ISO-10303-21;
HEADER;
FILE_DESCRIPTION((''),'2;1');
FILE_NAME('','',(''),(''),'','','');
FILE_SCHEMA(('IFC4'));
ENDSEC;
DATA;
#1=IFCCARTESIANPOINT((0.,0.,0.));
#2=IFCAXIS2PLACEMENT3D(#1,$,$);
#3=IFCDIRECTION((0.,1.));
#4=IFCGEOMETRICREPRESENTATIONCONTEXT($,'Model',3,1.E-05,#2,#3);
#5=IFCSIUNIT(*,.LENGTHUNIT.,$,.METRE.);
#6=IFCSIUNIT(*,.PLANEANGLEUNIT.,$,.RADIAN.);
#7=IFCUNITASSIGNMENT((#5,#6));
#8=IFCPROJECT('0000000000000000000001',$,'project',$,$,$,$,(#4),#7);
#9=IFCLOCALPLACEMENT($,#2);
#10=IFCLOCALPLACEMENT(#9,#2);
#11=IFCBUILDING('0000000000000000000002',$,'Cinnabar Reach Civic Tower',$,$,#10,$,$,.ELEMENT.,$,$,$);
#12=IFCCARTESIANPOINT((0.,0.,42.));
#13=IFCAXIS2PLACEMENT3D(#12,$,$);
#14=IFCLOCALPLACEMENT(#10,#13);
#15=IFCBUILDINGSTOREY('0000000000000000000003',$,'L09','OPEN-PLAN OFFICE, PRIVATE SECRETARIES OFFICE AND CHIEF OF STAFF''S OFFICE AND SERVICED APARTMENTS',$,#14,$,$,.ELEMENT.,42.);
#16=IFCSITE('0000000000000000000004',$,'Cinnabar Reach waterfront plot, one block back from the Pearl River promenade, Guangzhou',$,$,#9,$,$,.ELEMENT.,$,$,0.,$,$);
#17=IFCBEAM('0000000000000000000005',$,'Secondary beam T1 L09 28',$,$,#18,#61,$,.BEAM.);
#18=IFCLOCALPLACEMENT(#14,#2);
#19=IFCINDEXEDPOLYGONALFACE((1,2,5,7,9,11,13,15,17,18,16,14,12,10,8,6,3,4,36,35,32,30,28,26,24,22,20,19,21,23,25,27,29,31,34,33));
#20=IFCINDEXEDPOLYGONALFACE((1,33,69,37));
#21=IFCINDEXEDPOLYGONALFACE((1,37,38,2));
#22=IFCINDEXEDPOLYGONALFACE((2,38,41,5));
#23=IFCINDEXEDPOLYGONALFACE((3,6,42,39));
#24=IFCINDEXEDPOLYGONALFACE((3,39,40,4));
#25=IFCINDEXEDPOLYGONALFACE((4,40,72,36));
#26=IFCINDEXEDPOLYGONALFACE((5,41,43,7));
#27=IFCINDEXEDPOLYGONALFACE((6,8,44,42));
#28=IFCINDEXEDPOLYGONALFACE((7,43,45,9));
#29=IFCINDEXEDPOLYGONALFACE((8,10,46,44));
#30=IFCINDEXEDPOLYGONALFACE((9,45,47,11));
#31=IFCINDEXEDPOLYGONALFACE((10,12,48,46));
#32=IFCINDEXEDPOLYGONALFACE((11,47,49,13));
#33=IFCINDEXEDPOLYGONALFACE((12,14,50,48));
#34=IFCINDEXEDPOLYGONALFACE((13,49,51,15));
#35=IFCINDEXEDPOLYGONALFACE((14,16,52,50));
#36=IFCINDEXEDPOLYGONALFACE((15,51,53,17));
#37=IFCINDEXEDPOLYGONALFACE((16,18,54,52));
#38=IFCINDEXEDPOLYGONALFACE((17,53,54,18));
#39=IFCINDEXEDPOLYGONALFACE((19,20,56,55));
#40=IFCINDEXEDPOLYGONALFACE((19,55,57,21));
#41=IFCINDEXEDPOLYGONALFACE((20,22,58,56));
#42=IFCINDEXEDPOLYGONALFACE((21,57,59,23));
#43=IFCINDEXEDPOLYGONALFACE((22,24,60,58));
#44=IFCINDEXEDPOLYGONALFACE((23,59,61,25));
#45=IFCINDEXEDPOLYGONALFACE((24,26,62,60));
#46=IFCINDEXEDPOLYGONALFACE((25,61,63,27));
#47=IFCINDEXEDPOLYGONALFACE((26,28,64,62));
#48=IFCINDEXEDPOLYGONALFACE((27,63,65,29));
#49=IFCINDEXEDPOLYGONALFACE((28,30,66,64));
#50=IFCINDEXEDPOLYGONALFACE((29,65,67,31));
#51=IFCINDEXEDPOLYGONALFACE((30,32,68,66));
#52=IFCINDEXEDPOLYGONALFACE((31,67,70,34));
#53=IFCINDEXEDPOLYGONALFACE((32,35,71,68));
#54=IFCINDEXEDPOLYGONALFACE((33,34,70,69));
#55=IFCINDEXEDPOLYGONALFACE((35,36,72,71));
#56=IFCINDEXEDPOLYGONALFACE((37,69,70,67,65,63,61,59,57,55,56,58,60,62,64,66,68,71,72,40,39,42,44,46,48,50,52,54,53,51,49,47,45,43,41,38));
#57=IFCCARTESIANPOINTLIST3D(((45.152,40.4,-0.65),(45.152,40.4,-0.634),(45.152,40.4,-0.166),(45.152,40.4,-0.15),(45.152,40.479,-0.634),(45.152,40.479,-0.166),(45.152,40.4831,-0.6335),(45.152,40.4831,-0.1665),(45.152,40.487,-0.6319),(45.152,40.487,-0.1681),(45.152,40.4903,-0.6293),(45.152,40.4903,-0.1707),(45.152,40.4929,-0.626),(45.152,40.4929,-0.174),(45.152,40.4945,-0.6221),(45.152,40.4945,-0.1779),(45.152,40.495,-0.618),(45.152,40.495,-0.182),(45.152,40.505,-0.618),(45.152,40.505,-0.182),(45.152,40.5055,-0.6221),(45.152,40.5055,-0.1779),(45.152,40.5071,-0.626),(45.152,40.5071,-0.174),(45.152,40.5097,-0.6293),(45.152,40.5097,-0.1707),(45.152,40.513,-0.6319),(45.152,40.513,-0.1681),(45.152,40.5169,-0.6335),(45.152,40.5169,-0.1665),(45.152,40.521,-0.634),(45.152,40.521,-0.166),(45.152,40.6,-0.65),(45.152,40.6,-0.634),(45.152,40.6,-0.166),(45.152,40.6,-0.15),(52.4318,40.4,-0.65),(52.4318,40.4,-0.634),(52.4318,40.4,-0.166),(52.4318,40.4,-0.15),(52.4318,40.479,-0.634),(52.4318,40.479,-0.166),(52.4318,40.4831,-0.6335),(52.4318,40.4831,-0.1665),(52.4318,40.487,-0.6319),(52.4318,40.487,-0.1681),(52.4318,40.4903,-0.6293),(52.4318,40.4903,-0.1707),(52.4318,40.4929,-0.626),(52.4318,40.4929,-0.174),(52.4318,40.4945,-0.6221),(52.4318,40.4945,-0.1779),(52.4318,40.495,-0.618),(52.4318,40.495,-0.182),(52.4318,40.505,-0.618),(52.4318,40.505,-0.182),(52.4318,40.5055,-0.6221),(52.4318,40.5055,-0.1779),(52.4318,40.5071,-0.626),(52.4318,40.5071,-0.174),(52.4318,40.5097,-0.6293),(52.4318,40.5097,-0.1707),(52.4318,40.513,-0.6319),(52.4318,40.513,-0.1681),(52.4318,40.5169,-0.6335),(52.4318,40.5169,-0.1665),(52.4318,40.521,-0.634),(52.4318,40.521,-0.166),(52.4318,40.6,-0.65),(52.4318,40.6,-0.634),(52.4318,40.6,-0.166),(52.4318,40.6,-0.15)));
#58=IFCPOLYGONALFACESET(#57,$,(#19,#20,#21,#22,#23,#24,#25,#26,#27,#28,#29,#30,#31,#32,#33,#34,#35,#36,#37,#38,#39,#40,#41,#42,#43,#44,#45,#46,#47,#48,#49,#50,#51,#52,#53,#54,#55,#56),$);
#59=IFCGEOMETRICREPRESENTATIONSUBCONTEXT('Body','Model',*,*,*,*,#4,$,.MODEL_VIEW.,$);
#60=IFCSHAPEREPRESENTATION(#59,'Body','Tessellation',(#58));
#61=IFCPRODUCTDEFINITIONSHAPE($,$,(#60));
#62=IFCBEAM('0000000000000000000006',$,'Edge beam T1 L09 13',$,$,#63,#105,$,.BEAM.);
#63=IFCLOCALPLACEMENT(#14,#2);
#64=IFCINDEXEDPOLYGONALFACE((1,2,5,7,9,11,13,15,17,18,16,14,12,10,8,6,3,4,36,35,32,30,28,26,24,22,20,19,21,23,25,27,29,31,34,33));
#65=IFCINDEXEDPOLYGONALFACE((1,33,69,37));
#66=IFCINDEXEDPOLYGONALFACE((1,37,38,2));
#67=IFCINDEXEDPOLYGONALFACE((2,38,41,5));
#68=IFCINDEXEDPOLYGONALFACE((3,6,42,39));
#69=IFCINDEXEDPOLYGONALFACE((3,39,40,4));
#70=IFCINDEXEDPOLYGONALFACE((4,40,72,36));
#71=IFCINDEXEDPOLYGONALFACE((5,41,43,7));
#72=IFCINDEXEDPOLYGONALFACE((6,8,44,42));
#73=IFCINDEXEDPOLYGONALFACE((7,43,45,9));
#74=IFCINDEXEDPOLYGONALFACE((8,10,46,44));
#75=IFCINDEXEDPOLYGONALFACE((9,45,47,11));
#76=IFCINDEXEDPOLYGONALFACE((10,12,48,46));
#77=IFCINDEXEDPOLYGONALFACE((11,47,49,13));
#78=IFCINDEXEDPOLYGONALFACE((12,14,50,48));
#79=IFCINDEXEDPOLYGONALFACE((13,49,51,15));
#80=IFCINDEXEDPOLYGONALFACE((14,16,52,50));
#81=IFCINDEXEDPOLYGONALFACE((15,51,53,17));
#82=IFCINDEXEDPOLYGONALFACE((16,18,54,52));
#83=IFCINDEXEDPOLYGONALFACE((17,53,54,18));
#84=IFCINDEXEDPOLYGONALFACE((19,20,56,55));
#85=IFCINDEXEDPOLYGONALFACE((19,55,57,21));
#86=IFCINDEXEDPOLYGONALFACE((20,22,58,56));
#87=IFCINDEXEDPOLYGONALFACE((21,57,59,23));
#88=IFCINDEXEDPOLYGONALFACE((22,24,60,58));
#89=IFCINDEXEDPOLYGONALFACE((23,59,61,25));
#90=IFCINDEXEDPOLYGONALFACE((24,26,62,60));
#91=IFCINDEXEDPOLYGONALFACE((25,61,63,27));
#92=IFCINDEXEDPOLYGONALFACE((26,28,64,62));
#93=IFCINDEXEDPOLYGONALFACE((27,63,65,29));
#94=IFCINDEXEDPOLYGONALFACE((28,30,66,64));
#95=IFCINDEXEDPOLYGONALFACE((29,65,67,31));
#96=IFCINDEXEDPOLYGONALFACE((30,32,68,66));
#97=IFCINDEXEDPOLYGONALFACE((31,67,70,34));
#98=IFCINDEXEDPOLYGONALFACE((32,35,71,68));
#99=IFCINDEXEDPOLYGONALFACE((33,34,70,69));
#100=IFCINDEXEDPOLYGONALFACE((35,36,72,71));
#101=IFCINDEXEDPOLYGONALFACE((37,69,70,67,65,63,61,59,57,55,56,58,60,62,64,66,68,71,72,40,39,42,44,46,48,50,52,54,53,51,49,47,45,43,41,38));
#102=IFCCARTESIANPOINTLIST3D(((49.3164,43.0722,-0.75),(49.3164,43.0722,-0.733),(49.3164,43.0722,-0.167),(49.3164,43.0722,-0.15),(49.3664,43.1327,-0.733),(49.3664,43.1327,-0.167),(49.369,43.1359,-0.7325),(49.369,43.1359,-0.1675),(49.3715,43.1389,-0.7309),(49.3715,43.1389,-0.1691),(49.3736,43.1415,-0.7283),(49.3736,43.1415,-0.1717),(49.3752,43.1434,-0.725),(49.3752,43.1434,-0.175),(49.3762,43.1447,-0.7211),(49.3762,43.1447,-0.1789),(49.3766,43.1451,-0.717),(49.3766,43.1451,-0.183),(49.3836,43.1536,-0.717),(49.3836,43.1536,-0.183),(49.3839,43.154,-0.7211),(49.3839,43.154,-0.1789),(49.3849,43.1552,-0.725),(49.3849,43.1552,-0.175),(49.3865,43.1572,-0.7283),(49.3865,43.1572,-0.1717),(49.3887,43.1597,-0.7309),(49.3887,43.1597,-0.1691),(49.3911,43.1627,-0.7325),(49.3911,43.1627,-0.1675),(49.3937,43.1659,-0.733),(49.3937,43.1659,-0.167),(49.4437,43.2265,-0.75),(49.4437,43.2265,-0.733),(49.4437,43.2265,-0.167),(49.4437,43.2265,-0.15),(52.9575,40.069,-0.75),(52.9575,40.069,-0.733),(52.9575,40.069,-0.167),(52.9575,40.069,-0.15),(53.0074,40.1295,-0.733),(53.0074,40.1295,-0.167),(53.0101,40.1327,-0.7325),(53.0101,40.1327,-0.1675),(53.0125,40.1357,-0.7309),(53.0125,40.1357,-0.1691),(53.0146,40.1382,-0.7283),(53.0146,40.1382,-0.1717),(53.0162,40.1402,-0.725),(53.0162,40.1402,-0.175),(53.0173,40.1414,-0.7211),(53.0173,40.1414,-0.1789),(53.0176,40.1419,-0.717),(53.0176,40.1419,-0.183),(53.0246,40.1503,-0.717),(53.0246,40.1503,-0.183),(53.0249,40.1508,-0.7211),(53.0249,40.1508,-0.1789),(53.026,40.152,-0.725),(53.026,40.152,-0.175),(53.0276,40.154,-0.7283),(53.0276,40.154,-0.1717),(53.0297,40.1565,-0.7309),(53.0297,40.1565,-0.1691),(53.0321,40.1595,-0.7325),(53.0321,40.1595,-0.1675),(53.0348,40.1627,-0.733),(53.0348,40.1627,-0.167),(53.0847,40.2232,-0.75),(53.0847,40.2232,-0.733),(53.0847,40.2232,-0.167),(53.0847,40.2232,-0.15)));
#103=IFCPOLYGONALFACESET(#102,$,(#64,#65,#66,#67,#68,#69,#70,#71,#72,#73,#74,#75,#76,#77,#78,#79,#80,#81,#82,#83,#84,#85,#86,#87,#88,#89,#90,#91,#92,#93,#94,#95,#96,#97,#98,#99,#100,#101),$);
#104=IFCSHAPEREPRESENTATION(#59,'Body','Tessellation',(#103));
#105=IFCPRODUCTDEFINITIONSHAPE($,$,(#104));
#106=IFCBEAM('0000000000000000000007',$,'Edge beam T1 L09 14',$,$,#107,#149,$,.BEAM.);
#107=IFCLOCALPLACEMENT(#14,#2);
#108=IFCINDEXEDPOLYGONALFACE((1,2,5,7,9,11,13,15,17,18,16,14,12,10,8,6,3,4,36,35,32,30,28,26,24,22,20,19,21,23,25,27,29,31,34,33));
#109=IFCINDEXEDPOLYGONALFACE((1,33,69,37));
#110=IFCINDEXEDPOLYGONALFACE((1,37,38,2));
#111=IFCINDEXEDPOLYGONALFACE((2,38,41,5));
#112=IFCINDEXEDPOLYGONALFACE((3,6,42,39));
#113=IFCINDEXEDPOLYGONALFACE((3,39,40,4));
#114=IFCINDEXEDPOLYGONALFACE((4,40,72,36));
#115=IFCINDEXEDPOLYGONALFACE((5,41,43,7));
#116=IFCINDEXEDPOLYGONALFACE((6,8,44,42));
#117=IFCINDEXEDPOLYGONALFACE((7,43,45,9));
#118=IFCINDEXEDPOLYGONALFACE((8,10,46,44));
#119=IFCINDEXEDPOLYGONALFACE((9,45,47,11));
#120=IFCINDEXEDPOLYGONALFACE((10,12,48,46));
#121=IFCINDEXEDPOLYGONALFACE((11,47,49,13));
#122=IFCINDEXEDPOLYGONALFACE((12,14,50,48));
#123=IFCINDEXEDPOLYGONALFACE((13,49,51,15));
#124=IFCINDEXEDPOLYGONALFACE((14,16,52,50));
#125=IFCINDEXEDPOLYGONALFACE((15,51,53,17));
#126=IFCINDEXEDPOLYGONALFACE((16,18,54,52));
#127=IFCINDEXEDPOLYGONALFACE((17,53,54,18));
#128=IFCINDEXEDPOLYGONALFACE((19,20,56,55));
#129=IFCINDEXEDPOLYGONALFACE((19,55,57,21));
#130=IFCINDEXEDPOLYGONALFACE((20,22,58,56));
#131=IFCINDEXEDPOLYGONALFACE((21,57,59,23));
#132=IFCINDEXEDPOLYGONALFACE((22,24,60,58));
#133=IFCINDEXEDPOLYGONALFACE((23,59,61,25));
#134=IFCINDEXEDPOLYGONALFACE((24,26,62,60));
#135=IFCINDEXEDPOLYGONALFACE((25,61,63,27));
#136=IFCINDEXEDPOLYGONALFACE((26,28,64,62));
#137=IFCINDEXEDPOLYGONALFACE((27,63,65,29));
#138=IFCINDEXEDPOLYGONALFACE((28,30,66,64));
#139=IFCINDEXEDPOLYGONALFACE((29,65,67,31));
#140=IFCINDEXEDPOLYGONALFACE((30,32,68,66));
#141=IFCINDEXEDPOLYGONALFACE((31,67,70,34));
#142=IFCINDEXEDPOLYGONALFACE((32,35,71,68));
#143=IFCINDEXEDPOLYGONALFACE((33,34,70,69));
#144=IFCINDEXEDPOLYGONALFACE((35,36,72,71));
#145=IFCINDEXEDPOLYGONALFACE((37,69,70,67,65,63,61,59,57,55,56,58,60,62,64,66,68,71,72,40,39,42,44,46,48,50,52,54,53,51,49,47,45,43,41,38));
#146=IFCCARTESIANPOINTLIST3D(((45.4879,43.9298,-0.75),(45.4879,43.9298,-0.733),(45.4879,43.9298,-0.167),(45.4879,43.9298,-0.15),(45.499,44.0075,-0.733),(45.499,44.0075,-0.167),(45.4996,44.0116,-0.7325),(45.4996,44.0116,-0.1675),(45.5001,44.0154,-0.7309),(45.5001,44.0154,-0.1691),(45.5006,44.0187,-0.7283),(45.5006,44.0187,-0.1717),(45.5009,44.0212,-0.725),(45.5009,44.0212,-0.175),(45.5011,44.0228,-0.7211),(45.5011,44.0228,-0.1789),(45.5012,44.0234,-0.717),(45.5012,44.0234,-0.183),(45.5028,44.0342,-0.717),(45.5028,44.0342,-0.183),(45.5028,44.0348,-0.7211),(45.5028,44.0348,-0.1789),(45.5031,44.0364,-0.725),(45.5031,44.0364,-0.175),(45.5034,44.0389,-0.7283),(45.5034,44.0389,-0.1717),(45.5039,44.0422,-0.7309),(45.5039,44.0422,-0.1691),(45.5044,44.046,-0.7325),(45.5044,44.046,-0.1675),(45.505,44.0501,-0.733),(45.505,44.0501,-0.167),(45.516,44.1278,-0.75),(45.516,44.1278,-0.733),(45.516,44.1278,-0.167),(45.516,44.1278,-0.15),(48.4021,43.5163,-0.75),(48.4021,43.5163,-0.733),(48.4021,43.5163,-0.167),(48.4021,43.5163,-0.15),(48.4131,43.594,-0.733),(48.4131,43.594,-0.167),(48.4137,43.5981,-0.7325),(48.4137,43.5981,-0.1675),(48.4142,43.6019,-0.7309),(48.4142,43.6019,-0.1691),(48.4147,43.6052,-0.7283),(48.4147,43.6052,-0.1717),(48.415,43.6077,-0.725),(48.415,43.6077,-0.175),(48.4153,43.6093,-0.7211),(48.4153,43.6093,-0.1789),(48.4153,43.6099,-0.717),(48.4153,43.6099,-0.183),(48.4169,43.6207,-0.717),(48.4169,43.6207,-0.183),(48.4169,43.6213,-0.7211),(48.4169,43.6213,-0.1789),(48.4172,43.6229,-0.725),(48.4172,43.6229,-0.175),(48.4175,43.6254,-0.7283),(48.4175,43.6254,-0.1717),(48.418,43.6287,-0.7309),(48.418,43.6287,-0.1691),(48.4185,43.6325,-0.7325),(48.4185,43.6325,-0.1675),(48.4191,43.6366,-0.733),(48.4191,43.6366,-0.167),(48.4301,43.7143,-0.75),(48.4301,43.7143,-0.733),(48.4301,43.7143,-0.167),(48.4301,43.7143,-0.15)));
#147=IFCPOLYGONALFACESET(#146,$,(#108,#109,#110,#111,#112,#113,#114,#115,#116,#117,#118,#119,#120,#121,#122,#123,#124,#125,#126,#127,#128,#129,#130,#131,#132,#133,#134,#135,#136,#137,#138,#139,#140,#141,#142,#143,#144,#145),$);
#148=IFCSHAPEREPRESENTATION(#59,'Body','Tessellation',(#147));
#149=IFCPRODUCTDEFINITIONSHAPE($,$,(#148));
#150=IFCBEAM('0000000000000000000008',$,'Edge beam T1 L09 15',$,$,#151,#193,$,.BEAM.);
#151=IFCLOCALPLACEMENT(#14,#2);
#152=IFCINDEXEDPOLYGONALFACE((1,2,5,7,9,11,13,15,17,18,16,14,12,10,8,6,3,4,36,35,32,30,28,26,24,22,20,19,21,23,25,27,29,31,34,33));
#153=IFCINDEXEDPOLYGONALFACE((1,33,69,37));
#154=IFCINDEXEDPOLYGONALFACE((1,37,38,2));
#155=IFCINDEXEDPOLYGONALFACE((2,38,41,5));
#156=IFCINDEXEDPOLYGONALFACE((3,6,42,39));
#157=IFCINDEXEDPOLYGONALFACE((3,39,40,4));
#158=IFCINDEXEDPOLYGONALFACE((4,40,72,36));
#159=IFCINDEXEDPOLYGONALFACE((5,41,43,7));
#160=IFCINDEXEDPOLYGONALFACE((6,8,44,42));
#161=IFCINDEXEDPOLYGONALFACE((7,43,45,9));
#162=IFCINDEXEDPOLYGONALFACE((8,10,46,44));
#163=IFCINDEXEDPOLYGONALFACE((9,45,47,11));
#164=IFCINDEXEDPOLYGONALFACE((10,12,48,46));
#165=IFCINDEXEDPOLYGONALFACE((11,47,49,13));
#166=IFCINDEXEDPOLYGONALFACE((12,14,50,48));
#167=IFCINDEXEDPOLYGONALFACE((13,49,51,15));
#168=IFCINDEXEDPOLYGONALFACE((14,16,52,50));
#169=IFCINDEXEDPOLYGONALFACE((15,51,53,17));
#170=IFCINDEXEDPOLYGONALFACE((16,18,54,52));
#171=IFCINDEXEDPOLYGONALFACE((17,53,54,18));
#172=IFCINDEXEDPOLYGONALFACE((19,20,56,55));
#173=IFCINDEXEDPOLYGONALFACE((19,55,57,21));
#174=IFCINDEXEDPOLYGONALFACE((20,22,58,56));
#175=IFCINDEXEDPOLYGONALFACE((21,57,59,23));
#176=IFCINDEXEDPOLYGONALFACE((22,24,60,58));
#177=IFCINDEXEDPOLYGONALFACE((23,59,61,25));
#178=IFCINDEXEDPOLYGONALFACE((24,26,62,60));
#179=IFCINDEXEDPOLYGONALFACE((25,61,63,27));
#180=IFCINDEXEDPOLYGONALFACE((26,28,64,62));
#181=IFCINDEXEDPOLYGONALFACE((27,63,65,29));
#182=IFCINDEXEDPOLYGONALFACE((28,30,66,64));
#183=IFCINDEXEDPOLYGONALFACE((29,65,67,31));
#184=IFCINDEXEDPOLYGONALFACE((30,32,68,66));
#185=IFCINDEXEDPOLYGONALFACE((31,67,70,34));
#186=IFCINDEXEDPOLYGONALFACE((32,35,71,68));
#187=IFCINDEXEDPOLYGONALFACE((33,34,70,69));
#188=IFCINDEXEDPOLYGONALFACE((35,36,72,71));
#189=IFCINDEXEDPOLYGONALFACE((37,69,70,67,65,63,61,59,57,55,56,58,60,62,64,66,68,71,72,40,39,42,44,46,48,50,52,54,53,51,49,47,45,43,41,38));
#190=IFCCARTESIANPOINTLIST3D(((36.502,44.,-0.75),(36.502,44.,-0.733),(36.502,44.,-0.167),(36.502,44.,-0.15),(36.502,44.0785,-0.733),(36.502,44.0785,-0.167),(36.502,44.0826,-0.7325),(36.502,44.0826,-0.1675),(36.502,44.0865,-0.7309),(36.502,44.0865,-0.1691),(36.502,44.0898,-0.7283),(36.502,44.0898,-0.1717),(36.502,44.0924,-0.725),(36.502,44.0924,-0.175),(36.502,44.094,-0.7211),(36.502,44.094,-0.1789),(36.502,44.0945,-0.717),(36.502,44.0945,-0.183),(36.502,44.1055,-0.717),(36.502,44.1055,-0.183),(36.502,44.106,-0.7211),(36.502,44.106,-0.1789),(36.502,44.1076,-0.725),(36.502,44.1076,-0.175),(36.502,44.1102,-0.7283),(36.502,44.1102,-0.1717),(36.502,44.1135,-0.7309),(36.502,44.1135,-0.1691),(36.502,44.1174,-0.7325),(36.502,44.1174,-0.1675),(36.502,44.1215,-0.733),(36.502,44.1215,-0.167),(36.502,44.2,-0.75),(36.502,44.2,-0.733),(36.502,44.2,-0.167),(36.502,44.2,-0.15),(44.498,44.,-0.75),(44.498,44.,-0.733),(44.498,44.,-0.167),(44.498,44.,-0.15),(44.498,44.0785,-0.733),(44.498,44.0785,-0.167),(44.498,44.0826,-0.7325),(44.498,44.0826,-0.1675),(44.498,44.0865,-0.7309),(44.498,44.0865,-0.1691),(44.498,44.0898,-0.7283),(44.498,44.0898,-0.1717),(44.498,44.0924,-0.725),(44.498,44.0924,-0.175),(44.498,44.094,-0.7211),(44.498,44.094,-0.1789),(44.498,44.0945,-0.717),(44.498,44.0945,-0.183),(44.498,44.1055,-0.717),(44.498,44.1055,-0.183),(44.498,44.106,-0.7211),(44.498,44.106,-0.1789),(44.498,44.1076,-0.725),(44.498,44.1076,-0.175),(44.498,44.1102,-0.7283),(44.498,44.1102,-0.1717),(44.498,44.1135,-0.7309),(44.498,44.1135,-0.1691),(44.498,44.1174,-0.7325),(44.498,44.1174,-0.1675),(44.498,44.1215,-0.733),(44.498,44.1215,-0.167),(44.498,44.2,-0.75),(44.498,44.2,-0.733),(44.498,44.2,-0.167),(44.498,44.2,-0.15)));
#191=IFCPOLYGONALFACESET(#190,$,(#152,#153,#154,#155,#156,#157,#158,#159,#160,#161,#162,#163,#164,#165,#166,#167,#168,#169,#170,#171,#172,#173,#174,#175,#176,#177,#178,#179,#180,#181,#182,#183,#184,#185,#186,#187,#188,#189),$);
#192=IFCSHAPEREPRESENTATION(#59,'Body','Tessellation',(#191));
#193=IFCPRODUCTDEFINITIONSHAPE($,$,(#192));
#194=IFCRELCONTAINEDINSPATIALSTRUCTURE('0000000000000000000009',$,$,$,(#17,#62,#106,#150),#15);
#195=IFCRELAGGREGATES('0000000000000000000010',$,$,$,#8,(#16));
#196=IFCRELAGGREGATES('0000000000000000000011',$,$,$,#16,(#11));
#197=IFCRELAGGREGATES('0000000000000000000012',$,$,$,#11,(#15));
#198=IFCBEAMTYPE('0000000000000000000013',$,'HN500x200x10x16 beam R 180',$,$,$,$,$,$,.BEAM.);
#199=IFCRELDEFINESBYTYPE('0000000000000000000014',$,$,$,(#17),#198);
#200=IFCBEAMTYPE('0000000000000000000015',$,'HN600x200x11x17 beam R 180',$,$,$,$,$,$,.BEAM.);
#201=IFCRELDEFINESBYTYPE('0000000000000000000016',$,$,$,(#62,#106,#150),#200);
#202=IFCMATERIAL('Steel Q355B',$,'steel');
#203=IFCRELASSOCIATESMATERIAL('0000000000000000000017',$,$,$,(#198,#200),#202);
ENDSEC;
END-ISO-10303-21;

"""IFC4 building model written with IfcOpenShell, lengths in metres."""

from ifc_helpers import new_model, si_unit, direction, frame, origin, origin_2d, place, context, subcontext, project, spatial, i_section, extrude, material, material_profile, profile_set, type_object, element, save


model = new_model("IFC4")

# Units and contexts
model_context = context("Model", 3, precision=1e-05, world=origin(), true_north=direction((0.0, 1.0)))
body_context = subcontext(model_context, "Body", "Model", "MODEL_VIEW")
ifc_project = project(units=[si_unit("LENGTHUNIT", "METRE"), si_unit("PLANEANGLEUNIT", "RADIAN")], contexts=[model_context])

# Site, building, storey
site_placement = place(None, origin())
site = spatial("IfcSite", under=ifc_project, at=site_placement, Name="Cinnabar Reach waterfront plot, one block back from the Pearl River promenade, Guangzhou", CompositionType="ELEMENT", RefElevation=0.0)
building_placement = place(site_placement, origin())
building = spatial("IfcBuilding", under=site, at=building_placement, Name="Cinnabar Reach Civic Tower", CompositionType="ELEMENT")
storey_placement = place(building_placement, frame((0.0, 0.0, 42.0)))
storey = spatial("IfcBuildingStorey", under=building, at=storey_placement, Name="L09", Description="OPEN-PLAN OFFICE, PRIVATE SECRETARIES OFFICE AND CHIEF OF STAFF'S OFFICE AND SERVICED APARTMENTS", CompositionType="ELEMENT", Elevation=42.0)

# Beams
ifc_material_1 = material(Name="Steel Q355B", Category="steel")
ifc_material_profile_1 = material_profile(ifc_material_1, i_section(OverallWidth=0.2, OverallDepth=0.5, WebThickness=0.01, FlangeThickness=0.016, FilletRadius=0.016, at=origin_2d()), Name="HN500x200x10x16")
ifc_profile_set_1 = profile_set([ifc_material_profile_1], Name="Steel Q355B")
beam_type_1 = type_object("IfcBeamType", Name="HN500x200x10x16 beam R 180", PredefinedType="BEAM", material=ifc_profile_set_1)
beam_1_placement = place(storey_placement, frame((45.152, 40.5, -0.4), z_axis=(1.0, 0.0, 0.0), x_axis=(0.0, 1.0, 0.0)))
element("IfcBeam", 1, at=beam_1_placement, inside=storey, type_object=beam_type_1, Name="Secondary beam T1 L09 28", PredefinedType="BEAM", context=body_context, shape_type="SweptSolid", body=[
    extrude(i_section(OverallWidth=0.2, OverallDepth=0.5, WebThickness=0.01, FlangeThickness=0.016, FilletRadius=0.016, at=origin_2d()), origin(), (0.0, 0.0, 1.0), 7.2798),
])
ifc_material_profile_2 = material_profile(ifc_material_1, i_section(OverallWidth=0.2, OverallDepth=0.6, WebThickness=0.011, FlangeThickness=0.017, FilletRadius=0.016, at=origin_2d()), Name="HN600x200x11x17")
ifc_profile_set_2 = profile_set([ifc_material_profile_2], Name="Steel Q355B")
beam_type_2 = type_object("IfcBeamType", Name="HN600x200x11x17 beam R 180", PredefinedType="BEAM", material=ifc_profile_set_2)
beam_2_placement = place(storey_placement, frame((53.0211, 40.1461, -0.45), z_axis=(-0.771438, 0.636304, 0.0), x_axis=(-0.636304, -0.771438, 0.0)))
element("IfcBeam", 2, at=beam_2_placement, inside=storey, type_object=beam_type_2, Name="Edge beam T1 L09 13", PredefinedType="BEAM", context=body_context, shape_type="SweptSolid", body=[
    extrude(i_section(OverallWidth=0.2, OverallDepth=0.6, WebThickness=0.011, FlangeThickness=0.017, FilletRadius=0.016, at=origin_2d()), origin(), (0.0, 0.0, 1.0), 4.7198),
])
beam_3_placement = place(storey_placement, frame((48.4161, 43.6153, -0.45), z_axis=(-0.990082, 0.140489, 0.0), x_axis=(-0.140489, -0.990082, 0.0)))
element("IfcBeam", 3, at=beam_3_placement, inside=storey, type_object=beam_type_2, Name="Edge beam T1 L09 14", PredefinedType="BEAM", context=body_context, shape_type="SweptSolid", body=[
    extrude(i_section(OverallWidth=0.2, OverallDepth=0.6, WebThickness=0.011, FlangeThickness=0.017, FilletRadius=0.016, at=origin_2d()), origin(), (0.0, 0.0, 1.0), 2.9433),
])
beam_4_placement = place(storey_placement, frame((44.498, 44.1, -0.45), z_axis=(-1.0, 0.0, 0.0), x_axis=(0.0, -1.0, 0.0)))
element("IfcBeam", 4, at=beam_4_placement, inside=storey, type_object=beam_type_2, Name="Edge beam T1 L09 15", PredefinedType="BEAM", context=body_context, shape_type="SweptSolid", body=[
    extrude(i_section(OverallWidth=0.2, OverallDepth=0.6, WebThickness=0.011, FlangeThickness=0.017, FilletRadius=0.016, at=origin_2d()), origin(), (0.0, 0.0, 1.0), 7.996),
])

save(model, "model.ifc")
